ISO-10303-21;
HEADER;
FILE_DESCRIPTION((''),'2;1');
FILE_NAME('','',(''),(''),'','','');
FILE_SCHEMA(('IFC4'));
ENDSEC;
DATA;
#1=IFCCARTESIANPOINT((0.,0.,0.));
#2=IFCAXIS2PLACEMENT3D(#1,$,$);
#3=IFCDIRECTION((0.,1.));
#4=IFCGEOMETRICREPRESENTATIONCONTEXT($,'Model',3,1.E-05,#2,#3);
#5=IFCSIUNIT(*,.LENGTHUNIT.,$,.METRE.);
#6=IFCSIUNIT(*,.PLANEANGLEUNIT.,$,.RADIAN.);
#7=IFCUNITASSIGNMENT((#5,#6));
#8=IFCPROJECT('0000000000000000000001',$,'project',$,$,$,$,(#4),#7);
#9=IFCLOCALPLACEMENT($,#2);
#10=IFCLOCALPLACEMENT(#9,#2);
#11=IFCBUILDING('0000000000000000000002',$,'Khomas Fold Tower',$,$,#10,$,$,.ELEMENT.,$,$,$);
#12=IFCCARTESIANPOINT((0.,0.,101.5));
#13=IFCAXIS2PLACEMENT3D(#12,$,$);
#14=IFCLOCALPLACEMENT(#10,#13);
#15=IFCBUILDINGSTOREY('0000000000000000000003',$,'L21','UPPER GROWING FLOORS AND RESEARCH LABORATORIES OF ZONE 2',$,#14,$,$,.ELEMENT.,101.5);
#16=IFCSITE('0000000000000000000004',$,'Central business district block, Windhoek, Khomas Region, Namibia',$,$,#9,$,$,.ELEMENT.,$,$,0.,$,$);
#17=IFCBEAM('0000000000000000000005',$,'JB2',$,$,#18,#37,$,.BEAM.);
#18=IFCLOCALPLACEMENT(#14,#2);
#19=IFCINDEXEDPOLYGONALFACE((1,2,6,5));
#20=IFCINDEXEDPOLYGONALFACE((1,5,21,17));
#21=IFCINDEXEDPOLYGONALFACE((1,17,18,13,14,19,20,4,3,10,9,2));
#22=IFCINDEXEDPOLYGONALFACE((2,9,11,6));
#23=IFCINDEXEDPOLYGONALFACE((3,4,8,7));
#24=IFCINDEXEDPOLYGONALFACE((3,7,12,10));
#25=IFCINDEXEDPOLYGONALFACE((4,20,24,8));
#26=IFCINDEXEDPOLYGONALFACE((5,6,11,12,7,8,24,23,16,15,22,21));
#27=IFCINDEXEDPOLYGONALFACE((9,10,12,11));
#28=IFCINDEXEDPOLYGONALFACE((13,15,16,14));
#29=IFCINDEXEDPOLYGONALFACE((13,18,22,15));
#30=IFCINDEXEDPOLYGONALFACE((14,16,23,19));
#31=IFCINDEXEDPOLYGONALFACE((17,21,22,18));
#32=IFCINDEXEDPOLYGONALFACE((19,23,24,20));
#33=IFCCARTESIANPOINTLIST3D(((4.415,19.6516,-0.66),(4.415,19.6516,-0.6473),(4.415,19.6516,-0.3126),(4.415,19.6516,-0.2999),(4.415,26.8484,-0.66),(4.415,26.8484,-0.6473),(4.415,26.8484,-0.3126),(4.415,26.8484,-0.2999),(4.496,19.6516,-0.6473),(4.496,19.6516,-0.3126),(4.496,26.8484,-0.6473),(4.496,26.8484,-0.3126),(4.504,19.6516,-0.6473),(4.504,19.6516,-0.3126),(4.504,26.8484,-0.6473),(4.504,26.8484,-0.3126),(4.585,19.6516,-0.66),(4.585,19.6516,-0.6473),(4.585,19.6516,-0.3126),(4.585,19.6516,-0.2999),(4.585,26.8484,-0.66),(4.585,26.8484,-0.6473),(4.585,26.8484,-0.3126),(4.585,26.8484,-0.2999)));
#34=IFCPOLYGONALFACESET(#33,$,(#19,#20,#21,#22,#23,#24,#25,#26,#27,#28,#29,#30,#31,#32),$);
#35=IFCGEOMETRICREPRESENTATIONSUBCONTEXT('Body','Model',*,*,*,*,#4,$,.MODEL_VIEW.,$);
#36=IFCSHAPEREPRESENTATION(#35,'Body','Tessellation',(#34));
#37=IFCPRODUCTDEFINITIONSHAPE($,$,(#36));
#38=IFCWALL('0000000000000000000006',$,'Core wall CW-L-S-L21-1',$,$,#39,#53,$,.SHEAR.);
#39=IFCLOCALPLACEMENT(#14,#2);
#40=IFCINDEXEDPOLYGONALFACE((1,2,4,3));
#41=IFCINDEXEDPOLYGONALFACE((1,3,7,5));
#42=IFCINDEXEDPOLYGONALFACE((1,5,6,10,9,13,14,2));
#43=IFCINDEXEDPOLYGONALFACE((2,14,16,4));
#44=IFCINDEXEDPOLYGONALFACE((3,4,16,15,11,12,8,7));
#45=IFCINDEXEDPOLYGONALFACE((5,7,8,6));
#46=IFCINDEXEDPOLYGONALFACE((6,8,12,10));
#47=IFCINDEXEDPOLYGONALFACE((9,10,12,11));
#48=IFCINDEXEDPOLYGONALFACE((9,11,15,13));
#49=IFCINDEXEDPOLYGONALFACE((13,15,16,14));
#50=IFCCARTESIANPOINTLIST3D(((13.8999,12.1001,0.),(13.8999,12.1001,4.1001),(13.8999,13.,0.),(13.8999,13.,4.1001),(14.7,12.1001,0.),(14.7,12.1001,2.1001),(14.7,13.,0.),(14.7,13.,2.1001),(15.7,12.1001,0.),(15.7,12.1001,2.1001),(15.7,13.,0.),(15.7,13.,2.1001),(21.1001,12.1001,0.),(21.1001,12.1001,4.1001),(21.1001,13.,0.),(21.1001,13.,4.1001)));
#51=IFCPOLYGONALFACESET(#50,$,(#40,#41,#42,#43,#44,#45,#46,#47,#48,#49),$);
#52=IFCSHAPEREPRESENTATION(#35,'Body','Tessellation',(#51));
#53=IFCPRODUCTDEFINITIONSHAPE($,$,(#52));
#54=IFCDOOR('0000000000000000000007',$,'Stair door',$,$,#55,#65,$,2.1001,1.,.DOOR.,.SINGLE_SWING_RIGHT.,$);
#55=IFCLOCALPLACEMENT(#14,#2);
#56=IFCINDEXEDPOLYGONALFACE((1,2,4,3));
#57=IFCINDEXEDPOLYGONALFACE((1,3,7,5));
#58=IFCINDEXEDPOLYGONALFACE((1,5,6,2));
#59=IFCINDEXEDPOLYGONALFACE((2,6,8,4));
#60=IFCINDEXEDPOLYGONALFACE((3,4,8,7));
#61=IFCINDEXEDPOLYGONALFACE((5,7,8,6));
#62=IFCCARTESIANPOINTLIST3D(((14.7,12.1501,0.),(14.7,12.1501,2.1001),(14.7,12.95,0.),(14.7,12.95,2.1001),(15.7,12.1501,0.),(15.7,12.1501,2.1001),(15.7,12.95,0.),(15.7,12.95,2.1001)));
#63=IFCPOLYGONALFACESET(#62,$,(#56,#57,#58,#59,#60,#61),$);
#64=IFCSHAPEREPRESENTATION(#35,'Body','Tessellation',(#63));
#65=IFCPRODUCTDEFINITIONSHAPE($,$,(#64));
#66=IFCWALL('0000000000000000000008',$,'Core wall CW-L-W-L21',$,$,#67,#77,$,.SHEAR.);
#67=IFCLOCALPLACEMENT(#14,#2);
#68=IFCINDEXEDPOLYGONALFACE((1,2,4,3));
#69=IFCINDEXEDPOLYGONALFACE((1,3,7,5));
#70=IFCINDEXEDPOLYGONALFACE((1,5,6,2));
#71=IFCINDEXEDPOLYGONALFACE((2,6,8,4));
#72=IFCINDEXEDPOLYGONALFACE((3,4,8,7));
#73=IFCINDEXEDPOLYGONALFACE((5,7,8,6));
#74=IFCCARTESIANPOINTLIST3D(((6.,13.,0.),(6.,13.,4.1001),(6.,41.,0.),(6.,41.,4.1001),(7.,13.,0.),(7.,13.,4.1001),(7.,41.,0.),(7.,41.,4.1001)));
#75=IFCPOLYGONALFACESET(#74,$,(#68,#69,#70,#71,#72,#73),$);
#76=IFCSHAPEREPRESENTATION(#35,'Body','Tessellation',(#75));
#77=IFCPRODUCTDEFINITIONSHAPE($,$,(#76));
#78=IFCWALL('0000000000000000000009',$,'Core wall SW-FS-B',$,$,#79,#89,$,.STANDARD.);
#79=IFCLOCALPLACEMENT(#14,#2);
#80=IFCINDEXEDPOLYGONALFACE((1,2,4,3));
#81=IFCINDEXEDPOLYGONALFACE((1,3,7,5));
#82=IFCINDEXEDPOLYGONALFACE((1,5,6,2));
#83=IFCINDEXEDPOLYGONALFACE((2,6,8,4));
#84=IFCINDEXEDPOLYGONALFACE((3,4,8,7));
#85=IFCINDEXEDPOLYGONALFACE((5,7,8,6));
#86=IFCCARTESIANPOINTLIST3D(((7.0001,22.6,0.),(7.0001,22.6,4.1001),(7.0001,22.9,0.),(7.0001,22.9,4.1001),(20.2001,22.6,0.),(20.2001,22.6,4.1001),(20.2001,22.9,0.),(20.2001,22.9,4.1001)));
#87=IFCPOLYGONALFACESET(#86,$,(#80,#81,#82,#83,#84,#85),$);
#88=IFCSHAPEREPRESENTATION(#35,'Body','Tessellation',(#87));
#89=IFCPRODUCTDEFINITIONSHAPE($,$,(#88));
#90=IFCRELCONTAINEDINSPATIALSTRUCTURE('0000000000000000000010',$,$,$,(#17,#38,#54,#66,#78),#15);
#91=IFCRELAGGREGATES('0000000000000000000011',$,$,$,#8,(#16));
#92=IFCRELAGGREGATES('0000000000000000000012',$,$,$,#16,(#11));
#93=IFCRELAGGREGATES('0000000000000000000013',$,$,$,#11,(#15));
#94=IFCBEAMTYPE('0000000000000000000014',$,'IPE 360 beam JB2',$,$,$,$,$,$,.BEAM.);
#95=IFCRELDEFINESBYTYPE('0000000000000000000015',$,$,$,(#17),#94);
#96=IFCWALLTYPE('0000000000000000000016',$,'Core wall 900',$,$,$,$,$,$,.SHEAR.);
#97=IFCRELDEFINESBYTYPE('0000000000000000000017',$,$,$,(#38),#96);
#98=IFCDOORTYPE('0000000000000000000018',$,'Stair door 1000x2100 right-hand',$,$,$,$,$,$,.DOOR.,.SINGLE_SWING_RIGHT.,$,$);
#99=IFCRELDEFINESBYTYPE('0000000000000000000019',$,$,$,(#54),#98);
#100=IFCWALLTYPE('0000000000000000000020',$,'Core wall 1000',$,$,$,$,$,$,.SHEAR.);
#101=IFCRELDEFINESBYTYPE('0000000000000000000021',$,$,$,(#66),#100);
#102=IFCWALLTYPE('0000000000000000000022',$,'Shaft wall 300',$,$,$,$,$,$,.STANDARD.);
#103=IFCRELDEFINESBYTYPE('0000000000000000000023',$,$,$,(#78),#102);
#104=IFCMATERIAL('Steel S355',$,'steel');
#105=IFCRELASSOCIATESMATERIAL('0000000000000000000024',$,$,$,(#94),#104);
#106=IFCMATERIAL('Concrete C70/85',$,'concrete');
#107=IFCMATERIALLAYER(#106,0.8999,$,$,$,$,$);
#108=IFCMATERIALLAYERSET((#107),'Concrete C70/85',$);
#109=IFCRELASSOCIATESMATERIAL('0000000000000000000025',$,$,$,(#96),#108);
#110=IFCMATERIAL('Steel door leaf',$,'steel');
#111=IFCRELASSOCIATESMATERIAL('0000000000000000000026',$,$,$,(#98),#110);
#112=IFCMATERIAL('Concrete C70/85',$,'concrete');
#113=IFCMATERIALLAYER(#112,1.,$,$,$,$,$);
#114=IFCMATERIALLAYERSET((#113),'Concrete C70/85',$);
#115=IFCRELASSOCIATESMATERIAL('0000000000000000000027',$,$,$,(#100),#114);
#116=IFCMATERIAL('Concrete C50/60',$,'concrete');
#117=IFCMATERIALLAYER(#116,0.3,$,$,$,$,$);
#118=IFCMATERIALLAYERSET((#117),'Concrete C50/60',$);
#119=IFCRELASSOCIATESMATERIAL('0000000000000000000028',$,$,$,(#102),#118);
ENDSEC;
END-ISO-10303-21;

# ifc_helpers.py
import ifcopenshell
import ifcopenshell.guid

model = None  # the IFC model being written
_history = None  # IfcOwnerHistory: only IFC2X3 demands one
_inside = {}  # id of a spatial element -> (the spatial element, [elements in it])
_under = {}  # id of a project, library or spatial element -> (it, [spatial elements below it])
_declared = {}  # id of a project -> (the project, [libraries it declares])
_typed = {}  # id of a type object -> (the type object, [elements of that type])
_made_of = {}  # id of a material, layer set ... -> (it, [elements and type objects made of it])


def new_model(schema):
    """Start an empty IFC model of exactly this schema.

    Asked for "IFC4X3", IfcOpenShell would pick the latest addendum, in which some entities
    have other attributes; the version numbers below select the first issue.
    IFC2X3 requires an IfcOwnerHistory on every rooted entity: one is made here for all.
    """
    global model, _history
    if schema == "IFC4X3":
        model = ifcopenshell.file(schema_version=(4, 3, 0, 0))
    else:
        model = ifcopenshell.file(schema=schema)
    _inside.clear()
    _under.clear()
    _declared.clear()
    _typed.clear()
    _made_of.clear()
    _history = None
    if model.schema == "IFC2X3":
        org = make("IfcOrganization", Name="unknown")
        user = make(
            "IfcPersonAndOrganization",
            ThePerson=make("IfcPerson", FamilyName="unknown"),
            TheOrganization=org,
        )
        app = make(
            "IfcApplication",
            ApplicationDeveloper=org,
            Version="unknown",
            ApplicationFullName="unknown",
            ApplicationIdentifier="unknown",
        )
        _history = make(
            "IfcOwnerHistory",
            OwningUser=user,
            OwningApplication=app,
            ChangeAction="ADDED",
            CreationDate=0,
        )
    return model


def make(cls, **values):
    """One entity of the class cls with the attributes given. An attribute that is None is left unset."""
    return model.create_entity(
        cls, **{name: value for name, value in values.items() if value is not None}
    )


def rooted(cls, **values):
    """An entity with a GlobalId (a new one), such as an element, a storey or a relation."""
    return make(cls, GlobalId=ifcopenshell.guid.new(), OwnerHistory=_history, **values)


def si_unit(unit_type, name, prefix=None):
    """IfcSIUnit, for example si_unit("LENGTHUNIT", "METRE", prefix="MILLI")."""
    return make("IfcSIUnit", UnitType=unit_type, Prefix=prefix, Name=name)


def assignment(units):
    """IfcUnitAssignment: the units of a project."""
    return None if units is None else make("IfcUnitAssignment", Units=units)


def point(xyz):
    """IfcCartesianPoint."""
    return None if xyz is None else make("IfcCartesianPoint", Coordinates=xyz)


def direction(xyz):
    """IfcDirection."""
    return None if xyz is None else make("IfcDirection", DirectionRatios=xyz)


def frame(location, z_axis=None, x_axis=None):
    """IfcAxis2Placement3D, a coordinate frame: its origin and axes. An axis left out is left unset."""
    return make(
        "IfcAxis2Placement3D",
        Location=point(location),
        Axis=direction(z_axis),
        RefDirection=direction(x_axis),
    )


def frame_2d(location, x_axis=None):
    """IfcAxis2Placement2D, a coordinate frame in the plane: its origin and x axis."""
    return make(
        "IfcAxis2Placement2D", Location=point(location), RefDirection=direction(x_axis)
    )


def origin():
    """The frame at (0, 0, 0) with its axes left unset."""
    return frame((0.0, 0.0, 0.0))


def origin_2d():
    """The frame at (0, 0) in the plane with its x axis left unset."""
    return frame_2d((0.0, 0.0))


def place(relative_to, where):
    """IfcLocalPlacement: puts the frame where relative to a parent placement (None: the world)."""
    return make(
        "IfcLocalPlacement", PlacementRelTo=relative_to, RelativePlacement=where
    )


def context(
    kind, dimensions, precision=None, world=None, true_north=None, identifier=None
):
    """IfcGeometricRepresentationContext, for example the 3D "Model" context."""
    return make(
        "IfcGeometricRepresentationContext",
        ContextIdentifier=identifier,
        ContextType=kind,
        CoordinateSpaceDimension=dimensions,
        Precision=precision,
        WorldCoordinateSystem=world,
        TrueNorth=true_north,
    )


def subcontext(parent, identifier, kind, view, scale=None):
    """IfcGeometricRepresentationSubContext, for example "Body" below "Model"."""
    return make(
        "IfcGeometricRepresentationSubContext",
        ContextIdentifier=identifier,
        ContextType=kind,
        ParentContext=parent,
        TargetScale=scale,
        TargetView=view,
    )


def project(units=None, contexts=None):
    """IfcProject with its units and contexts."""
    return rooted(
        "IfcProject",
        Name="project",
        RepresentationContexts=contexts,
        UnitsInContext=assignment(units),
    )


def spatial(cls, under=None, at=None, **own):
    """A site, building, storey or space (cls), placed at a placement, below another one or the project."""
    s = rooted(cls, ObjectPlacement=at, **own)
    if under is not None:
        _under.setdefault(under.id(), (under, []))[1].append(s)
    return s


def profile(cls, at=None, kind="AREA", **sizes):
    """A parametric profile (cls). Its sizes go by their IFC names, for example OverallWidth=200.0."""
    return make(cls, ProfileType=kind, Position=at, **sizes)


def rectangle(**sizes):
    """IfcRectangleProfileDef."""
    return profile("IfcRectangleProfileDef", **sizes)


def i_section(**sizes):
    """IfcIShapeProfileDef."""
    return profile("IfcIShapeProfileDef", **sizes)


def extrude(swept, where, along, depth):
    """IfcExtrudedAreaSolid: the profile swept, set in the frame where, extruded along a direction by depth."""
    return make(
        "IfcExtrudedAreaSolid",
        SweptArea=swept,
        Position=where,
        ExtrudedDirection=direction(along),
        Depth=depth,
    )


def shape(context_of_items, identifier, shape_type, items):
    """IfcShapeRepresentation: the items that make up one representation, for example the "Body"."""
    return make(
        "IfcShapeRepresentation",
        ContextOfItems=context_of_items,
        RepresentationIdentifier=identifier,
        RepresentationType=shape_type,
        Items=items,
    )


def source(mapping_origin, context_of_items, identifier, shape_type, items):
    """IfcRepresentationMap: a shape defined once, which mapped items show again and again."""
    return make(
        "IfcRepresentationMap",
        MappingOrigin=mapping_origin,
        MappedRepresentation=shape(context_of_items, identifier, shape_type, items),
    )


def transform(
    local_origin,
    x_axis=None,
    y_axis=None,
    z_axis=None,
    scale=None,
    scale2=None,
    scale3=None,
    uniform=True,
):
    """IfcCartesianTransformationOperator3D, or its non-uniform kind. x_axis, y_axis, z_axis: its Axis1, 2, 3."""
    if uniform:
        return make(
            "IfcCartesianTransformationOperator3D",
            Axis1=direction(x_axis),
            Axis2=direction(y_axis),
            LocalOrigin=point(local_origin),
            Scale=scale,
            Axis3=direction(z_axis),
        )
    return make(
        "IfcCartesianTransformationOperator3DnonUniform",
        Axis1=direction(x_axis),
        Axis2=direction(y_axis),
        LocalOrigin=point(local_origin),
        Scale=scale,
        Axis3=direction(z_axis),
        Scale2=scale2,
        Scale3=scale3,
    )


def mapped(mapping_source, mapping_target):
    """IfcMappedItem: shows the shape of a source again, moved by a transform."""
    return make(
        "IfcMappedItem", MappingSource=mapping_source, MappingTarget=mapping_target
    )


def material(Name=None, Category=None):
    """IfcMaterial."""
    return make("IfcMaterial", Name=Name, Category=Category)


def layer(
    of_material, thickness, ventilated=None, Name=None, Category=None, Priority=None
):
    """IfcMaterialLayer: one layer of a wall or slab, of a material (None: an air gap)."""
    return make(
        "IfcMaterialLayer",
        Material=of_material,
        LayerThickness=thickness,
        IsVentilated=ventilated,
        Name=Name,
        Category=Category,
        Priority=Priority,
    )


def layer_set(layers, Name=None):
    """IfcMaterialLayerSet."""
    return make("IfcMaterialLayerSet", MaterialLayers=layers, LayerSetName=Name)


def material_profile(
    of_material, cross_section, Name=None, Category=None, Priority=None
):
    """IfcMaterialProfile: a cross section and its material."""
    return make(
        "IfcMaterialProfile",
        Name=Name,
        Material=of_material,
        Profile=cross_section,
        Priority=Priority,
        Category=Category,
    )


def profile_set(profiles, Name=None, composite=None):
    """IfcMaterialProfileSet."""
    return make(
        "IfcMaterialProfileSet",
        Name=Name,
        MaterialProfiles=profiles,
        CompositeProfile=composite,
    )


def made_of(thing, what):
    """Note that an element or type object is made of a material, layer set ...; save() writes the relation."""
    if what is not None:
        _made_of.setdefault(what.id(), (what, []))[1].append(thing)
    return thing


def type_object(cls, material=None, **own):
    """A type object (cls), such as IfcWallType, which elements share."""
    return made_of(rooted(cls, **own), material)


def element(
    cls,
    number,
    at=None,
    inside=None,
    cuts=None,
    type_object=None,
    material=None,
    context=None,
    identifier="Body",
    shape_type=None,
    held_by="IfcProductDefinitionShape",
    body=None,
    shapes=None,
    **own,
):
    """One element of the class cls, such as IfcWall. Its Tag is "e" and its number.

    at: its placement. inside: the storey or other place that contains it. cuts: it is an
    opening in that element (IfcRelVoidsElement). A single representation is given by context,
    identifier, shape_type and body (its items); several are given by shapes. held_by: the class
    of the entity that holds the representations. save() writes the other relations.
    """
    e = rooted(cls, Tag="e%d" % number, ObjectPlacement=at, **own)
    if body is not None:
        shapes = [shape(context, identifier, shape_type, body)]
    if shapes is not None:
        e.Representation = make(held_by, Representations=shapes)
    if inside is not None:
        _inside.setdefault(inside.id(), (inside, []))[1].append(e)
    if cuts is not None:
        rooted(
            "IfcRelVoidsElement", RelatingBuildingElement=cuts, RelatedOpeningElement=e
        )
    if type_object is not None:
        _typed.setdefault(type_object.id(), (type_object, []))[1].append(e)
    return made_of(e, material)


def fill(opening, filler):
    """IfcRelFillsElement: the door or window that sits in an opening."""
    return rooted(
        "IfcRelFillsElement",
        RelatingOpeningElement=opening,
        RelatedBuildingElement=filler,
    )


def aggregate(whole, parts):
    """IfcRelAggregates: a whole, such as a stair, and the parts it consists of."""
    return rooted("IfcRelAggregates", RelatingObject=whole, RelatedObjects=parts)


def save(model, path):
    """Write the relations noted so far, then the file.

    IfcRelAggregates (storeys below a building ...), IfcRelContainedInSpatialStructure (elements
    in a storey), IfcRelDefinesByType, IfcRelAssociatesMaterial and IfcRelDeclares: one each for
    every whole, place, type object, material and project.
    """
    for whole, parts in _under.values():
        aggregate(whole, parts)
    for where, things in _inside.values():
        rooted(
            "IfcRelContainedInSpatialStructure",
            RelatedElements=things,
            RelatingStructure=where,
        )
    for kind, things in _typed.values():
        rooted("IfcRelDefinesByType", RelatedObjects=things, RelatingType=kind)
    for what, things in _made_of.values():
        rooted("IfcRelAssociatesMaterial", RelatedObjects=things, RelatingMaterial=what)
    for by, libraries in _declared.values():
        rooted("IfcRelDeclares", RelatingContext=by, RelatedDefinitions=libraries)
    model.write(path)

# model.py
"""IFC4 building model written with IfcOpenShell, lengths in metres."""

from ifc_helpers import new_model, si_unit, direction, frame, frame_2d, origin, origin_2d, place, context, subcontext, project, spatial, rectangle, i_section, extrude, source, transform, mapped, material, layer, layer_set, material_profile, profile_set, type_object, element, fill, save


model = new_model("IFC4")

# Units and contexts
model_context = context("Model", 3, precision=1e-05, world=origin(), true_north=direction((0.0, 1.0)))
body_context = subcontext(model_context, "Body", "Model", "MODEL_VIEW")
ifc_project = project(units=[si_unit("LENGTHUNIT", "METRE"), si_unit("PLANEANGLEUNIT", "RADIAN")], contexts=[model_context])

# Site, building, storey
site_placement = place(None, origin())
site = spatial("IfcSite", under=ifc_project, at=site_placement, Name="Central business district block, Windhoek, Khomas Region, Namibia", CompositionType="ELEMENT", RefElevation=0.0)
building_placement = place(site_placement, origin())
building = spatial("IfcBuilding", under=site, at=building_placement, Name="Khomas Fold Tower", CompositionType="ELEMENT")
storey_placement = place(building_placement, frame((0.0, 0.0, 101.5)))
storey = spatial("IfcBuildingStorey", under=building, at=storey_placement, Name="L21", Description="UPPER GROWING FLOORS AND RESEARCH LABORATORIES OF ZONE 2", CompositionType="ELEMENT", Elevation=101.5)

# Beam
ifc_material_1 = material(Name="Steel S355", Category="steel")
ifc_material_profile = material_profile(ifc_material_1, i_section(OverallWidth=0.1699, OverallDepth=0.3601, WebThickness=0.0081, FlangeThickness=0.0127, at=origin_2d()), Name="IPE 360")
ifc_profile_set = profile_set([ifc_material_profile], Name="Steel S355")
beam_type = type_object("IfcBeamType", Name="IPE 360 beam JB2", PredefinedType="BEAM", material=ifc_profile_set)
shared_shape_1 = source(origin(), body_context, "Body", "SweptSolid", [
    extrude(i_section(OverallWidth=0.1699, OverallDepth=0.3601, WebThickness=0.0081, FlangeThickness=0.0127, at=origin_2d()), origin(), (0.0, 0.0, 1.0), 7.1968),
])
beam_placement = place(storey_placement, frame((4.5, 19.6516, -0.48), z_axis=(0.0, 1.0, 0.0), x_axis=(-1.0, 0.0, 0.0)))
element("IfcBeam", 1, at=beam_placement, inside=storey, type_object=beam_type, Name="JB2", PredefinedType="BEAM", context=body_context, shape_type="MappedRepresentation", body=[
    mapped(shared_shape_1, transform((0.0, 0.0, 0.0))),
])

# Wall, opening, door
ifc_material_2 = material(Name="Concrete C70/85", Category="concrete")
ifc_layer_1 = layer(ifc_material_2, 0.8999)
ifc_layer_set_1 = layer_set([ifc_layer_1], Name="Concrete C70/85")
wall_type_1 = type_object("IfcWallType", Name="Core wall 900", PredefinedType="SHEAR", material=ifc_layer_set_1)
shared_shape_2 = source(origin(), body_context, "Body", "SweptSolid", [
    extrude(rectangle(XDim=7.2002, YDim=0.8999, at=frame_2d((3.6001, 0.0))), origin(), (0.0, 0.0, 1.0), 4.1001),
])
wall_1_placement = place(storey_placement, frame((13.8999, 12.55, 0.0), z_axis=(0.0, 0.0, 1.0), x_axis=(1.0, 0.0, 0.0)))
wall_1 = element("IfcWall", 2, at=wall_1_placement, inside=storey, type_object=wall_type_1, Name="Core wall CW-L-S-L21-1", PredefinedType="SHEAR", context=body_context, shape_type="MappedRepresentation", body=[
    mapped(shared_shape_2, transform((0.0, 0.0, 0.0))),
])
shared_shape_3 = source(origin(), body_context, "Body", "SweptSolid", [
    extrude(rectangle(XDim=1.0, YDim=2.1001, at=frame_2d((0.5, 1.05))), frame((0.0, 0.46, 0.0), z_axis=(0.0, -1.0, 0.0), x_axis=(1.0, 0.0, 0.0)), (0.0, 0.0, 1.0), 0.9199),
])
opening_1_placement = place(wall_1_placement, frame((0.8, 0.0, 0.0)))
opening_1 = element("IfcOpeningElement", 3, at=opening_1_placement, cuts=wall_1, PredefinedType="OPENING", context=body_context, shape_type="MappedRepresentation", body=[
    mapped(shared_shape_3, transform((0.0, 0.0, 0.0))),
])
ifc_material_3 = material(Name="Steel door leaf", Category="steel")
door_type_1 = type_object("IfcDoorType", Name="Stair door 1000x2100 right-hand", OperationType="SINGLE_SWING_RIGHT", PredefinedType="DOOR", material=ifc_material_3)
shared_shape_4 = source(origin(), body_context, "Body", "SweptSolid", [
    extrude(rectangle(XDim=1.0, YDim=2.1001, at=frame_2d((0.5, 1.05))), frame((0.0, 0.3999, 0.0), z_axis=(0.0, -1.0, 0.0), x_axis=(1.0, 0.0, 0.0)), (0.0, 0.0, 1.0), 0.7998),
])
door_1_placement = place(opening_1_placement, origin())
door_1 = element("IfcDoor", 4, at=door_1_placement, inside=storey, type_object=door_type_1, Name="Stair door", OperationType="SINGLE_SWING_RIGHT", OverallHeight=2.1001, OverallWidth=1.0, PredefinedType="DOOR", context=body_context, shape_type="MappedRepresentation", body=[
    mapped(shared_shape_4, transform((0.0, 0.0, 0.0))),
])
fill(opening_1, door_1)

# Walls
ifc_material_4 = material(Name="Concrete C70/85", Category="concrete")
ifc_layer_2 = layer(ifc_material_4, 1.0)
ifc_layer_set_2 = layer_set([ifc_layer_2], Name="Concrete C70/85")
wall_type_2 = type_object("IfcWallType", Name="Core wall 1000", PredefinedType="SHEAR", material=ifc_layer_set_2)
shared_shape_5 = source(origin(), body_context, "Body", "SweptSolid", [
    extrude(rectangle(XDim=28.0, YDim=1.0, at=frame_2d((14.0, 0.0))), origin(), (0.0, 0.0, 1.0), 4.1001),
])
wall_2_placement = place(storey_placement, frame((6.5, 13.0, 0.0), z_axis=(0.0, 0.0, 1.0), x_axis=(0.0, 1.0, 0.0)))
element("IfcWall", 5, at=wall_2_placement, inside=storey, type_object=wall_type_2, Name="Core wall CW-L-W-L21", PredefinedType="SHEAR", context=body_context, shape_type="MappedRepresentation", body=[
    mapped(shared_shape_5, transform((0.0, 0.0, 0.0))),
])
ifc_material_5 = material(Name="Concrete C50/60", Category="concrete")
ifc_layer_3 = layer(ifc_material_5, 0.3)
ifc_layer_set_3 = layer_set([ifc_layer_3], Name="Concrete C50/60")
wall_type_3 = type_object("IfcWallType", Name="Shaft wall 300", PredefinedType="STANDARD", material=ifc_layer_set_3)
shared_shape_6 = source(origin(), body_context, "Body", "SweptSolid", [
    extrude(rectangle(XDim=13.2, YDim=0.3, at=frame_2d((6.6001, 0.0))), origin(), (0.0, 0.0, 1.0), 4.1001),
])
wall_3_placement = place(storey_placement, frame((7.0, 22.75, 0.0), z_axis=(0.0, 0.0, 1.0), x_axis=(1.0, 0.0, 0.0)))
element("IfcWall", 6, at=wall_3_placement, inside=storey, type_object=wall_type_3, Name="Core wall SW-FS-B", PredefinedType="STANDARD", context=body_context, shape_type="MappedRepresentation", body=[
    mapped(shared_shape_6, transform((0.0, 0.0, 0.0))),
])

save(model, "model.ifc")
